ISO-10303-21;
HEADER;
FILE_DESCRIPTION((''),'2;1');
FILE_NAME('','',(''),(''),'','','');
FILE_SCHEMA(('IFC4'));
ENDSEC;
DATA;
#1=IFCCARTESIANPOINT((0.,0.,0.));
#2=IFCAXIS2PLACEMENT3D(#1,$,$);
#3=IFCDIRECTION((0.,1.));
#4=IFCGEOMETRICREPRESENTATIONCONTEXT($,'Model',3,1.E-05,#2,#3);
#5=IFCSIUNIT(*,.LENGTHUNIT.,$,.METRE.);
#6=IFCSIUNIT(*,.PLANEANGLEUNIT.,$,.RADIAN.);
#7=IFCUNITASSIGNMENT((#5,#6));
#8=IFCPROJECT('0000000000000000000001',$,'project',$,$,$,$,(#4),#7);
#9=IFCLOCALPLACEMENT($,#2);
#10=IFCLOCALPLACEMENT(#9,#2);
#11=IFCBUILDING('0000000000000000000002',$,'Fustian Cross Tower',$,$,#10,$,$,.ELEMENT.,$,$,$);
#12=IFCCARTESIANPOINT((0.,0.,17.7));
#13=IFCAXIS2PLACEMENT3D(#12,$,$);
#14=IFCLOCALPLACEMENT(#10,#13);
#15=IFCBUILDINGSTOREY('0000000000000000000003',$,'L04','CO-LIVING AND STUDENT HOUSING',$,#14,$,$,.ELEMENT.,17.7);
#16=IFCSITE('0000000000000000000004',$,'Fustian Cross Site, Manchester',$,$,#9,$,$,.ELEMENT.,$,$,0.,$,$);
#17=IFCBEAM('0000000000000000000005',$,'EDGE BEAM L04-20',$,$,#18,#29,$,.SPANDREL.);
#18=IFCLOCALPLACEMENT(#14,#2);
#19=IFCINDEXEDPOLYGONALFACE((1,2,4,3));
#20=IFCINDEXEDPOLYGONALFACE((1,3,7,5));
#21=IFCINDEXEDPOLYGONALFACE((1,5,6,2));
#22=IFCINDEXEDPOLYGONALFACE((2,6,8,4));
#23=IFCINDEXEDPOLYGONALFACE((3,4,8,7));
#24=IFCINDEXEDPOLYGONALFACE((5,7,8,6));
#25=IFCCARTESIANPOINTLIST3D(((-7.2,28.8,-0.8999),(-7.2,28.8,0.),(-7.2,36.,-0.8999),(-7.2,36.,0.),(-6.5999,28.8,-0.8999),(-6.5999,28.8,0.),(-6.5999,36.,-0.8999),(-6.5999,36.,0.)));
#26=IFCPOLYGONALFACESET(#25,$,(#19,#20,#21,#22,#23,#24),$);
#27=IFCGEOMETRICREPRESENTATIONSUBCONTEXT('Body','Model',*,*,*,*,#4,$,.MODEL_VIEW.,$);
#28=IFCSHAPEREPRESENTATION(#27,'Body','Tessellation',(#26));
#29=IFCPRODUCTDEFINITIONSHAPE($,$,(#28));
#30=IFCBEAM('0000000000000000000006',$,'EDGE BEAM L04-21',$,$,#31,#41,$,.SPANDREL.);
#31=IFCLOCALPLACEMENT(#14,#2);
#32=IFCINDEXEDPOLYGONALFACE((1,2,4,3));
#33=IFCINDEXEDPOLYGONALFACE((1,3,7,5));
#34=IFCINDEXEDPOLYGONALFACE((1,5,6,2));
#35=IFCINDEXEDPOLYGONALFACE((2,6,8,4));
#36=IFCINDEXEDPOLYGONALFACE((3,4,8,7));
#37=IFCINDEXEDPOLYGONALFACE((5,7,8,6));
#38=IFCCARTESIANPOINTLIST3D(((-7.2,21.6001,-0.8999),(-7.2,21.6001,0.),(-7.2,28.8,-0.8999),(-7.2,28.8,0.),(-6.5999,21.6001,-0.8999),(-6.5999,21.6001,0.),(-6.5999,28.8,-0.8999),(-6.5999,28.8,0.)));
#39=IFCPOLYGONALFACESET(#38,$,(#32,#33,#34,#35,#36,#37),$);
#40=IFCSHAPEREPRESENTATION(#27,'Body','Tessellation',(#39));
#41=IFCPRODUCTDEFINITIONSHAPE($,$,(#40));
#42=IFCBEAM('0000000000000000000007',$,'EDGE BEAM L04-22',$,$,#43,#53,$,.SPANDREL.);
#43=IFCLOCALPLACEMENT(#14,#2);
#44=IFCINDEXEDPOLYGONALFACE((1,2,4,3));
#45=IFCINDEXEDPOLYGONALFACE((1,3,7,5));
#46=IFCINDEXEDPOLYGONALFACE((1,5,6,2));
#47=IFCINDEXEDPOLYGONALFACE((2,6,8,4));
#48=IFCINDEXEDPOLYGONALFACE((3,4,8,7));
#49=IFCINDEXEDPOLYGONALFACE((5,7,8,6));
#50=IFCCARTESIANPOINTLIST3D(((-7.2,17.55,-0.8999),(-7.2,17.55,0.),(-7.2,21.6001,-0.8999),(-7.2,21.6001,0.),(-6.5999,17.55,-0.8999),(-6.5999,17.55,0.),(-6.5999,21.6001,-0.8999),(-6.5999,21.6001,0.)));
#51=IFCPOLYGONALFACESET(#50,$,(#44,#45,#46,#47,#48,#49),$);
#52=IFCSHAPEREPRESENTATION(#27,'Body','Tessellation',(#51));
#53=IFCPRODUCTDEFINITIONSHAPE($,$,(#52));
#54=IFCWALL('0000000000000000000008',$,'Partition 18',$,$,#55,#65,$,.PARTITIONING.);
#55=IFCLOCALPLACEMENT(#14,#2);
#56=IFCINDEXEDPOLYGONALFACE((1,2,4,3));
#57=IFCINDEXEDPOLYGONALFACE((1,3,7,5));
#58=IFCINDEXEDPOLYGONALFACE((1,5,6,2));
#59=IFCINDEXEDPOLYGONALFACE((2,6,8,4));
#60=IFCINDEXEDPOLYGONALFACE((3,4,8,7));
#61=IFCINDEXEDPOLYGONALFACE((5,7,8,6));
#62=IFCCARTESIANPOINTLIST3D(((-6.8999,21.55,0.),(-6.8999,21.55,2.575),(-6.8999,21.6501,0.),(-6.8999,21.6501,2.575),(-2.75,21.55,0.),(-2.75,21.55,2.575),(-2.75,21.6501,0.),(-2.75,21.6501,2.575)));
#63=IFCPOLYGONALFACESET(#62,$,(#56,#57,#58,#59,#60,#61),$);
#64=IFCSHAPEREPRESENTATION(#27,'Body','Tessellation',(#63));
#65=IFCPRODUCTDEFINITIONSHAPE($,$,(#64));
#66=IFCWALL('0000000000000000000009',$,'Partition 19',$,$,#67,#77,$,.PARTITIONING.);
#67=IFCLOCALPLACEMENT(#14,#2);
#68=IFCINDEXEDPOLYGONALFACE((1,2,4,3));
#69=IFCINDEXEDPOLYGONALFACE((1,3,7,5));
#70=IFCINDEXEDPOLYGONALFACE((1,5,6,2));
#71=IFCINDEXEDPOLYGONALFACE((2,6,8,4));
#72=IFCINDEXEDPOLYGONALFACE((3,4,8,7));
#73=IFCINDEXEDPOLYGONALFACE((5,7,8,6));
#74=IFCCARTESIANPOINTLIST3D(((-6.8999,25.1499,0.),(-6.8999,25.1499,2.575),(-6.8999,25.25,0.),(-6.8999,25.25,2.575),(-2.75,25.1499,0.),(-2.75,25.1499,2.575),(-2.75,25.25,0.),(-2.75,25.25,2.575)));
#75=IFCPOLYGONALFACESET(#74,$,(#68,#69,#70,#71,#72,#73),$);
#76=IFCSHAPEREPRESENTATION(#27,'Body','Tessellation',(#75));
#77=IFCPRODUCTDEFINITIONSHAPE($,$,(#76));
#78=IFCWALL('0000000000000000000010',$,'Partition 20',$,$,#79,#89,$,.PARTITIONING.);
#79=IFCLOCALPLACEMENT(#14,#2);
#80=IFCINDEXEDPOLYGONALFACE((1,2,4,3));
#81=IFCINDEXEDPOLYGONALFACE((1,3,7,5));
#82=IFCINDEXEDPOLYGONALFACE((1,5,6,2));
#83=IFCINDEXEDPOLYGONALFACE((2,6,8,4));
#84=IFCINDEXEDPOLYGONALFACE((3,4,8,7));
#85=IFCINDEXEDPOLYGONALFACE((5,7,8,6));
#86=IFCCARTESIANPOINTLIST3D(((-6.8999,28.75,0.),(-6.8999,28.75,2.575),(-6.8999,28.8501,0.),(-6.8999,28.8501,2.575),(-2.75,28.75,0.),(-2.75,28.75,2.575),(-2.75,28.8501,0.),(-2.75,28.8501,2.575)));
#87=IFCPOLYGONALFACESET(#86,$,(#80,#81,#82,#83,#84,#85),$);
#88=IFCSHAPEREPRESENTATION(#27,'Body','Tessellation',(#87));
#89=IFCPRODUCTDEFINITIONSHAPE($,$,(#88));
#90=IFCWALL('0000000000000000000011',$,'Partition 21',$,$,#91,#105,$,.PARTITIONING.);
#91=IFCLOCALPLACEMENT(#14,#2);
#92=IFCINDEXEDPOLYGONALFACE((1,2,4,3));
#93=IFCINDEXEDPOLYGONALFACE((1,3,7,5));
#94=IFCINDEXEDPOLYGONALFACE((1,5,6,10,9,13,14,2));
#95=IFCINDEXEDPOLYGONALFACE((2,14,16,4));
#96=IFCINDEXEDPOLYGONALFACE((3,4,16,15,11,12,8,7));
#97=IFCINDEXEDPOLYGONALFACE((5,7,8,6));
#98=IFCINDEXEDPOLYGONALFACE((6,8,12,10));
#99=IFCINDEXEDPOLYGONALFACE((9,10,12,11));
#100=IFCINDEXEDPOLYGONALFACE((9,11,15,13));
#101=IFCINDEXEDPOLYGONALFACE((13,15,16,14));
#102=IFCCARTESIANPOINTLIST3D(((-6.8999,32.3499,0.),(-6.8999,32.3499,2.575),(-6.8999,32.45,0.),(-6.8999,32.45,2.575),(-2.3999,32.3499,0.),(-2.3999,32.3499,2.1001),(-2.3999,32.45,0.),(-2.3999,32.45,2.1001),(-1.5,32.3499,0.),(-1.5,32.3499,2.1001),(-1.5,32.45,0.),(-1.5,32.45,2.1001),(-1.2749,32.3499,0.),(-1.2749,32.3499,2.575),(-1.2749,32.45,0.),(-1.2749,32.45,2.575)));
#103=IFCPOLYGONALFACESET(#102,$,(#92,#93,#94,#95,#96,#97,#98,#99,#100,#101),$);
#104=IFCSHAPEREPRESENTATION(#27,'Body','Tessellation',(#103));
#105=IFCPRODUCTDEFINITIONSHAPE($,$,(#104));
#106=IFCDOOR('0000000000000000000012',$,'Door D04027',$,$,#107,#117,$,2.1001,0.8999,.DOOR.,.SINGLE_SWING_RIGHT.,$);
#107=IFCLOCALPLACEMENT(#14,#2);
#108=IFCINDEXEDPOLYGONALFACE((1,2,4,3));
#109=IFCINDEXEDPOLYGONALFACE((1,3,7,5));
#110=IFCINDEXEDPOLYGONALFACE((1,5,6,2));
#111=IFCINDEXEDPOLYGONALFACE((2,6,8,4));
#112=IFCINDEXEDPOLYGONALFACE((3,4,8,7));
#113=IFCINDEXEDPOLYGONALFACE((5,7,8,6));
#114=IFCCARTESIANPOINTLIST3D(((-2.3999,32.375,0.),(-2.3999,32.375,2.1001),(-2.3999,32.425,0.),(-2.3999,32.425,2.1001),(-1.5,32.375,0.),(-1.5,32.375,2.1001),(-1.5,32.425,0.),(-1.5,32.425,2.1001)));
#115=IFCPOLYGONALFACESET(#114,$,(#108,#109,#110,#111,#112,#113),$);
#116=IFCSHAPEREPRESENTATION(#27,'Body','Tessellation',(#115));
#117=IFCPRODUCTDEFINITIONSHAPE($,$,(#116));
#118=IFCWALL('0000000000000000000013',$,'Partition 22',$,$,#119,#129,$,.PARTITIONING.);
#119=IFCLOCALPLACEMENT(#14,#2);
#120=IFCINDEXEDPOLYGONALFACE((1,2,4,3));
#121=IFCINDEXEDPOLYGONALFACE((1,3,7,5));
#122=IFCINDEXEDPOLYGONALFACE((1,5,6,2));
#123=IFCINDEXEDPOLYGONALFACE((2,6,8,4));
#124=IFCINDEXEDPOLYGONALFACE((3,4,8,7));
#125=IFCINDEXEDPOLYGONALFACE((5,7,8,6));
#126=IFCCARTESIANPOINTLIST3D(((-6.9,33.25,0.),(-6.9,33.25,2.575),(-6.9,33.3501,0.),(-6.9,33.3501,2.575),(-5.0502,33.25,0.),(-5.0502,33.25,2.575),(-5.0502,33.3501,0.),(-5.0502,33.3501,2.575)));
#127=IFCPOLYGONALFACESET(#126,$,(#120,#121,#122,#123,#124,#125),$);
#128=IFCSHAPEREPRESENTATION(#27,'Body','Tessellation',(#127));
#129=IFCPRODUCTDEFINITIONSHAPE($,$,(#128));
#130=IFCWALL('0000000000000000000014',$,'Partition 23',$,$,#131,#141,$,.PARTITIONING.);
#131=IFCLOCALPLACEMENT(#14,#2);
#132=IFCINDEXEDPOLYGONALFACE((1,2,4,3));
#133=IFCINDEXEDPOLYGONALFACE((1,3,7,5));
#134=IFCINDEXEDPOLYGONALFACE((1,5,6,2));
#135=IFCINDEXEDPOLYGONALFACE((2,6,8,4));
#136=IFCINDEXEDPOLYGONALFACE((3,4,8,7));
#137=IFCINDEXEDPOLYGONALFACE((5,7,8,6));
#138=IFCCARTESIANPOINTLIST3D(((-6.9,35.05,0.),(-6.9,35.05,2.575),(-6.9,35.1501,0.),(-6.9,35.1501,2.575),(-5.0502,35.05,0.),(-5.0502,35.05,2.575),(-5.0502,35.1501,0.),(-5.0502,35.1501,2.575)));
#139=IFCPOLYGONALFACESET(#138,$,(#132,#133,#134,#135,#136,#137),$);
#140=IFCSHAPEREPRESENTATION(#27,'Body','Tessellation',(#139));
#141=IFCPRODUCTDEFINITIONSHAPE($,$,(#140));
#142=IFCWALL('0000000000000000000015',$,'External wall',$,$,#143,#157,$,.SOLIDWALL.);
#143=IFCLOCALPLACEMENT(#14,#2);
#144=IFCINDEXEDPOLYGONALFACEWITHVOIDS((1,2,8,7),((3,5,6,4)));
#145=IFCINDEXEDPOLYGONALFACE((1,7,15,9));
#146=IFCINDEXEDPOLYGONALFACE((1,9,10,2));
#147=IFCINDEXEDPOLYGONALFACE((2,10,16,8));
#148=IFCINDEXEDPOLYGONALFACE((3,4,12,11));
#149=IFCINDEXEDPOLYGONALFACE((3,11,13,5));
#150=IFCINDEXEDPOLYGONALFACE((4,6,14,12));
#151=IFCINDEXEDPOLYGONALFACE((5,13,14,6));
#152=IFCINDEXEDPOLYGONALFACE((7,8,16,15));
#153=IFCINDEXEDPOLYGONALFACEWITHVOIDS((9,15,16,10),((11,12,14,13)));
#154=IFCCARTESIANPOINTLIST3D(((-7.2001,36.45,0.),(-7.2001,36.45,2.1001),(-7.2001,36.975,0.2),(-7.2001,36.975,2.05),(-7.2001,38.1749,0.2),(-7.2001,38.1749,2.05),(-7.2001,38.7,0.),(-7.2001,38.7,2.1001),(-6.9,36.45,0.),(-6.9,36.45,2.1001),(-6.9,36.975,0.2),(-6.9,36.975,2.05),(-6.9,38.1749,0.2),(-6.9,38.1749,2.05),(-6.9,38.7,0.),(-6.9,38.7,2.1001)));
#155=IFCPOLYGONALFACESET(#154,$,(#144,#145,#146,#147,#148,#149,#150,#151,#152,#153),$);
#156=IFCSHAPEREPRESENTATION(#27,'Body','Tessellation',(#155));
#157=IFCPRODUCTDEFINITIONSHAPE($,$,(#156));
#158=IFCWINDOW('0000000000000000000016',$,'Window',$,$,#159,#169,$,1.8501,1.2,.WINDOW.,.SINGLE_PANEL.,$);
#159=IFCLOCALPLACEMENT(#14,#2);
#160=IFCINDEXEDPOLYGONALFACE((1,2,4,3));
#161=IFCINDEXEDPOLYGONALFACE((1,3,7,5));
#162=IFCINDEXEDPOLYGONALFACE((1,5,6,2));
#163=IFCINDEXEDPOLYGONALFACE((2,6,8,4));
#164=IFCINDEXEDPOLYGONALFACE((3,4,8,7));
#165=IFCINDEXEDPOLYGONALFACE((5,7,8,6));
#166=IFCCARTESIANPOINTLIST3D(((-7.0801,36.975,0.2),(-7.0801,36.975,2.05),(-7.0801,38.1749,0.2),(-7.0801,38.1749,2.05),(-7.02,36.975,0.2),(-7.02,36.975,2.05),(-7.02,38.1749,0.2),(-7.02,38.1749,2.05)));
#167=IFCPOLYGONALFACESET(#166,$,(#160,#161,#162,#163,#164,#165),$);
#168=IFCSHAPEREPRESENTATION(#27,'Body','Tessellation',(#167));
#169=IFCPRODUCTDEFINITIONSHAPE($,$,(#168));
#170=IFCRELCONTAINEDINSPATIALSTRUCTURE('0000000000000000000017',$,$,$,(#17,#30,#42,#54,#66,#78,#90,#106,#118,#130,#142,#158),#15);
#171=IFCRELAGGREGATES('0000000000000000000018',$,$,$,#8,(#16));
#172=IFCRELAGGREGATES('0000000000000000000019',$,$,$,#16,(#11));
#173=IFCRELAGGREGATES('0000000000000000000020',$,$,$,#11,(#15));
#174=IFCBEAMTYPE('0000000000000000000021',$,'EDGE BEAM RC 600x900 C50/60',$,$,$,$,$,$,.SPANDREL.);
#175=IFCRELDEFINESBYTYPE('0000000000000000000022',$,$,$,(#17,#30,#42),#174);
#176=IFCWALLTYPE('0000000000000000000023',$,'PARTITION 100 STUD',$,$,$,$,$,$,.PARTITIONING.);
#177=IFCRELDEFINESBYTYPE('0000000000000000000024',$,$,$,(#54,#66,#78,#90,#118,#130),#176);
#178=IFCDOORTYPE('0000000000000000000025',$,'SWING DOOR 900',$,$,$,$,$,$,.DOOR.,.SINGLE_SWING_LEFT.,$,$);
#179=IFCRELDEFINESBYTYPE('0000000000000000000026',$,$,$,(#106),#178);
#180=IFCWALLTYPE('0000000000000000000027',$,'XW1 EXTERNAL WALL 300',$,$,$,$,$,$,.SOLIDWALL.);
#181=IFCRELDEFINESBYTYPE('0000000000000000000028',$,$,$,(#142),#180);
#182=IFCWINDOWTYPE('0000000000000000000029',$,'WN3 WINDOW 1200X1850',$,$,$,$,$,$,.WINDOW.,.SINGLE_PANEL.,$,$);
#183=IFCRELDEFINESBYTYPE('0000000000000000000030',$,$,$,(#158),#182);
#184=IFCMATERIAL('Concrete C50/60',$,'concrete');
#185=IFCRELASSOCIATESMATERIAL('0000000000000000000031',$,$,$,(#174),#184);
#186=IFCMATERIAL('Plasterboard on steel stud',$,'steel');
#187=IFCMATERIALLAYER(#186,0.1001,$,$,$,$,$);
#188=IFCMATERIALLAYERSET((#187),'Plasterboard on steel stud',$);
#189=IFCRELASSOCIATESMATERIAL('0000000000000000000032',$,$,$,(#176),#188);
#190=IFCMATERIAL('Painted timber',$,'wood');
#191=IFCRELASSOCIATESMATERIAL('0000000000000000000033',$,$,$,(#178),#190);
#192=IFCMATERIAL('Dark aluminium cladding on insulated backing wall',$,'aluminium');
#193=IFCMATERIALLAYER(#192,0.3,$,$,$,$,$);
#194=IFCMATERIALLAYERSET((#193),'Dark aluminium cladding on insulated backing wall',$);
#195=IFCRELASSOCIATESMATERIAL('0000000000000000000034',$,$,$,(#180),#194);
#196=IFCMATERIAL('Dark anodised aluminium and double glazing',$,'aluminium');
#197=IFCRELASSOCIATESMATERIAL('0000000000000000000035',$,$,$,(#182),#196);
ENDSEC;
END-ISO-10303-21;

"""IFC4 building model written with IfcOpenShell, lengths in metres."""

from ifc_helpers import new_model, si_unit, direction, frame, frame_2d, origin, origin_2d, place, context, subcontext, project, spatial, rectangle, extrude, material, layer, layer_set, material_profile, profile_set, type_object, element, fill, save


model = new_model("IFC4")

# Units and contexts
model_context = context("Model", 3, precision=1e-05, world=origin(), true_north=direction((0.0, 1.0)))
body_context = subcontext(model_context, "Body", "Model", "MODEL_VIEW")
ifc_project = project(units=[si_unit("LENGTHUNIT", "METRE"), si_unit("PLANEANGLEUNIT", "RADIAN")], contexts=[model_context])

# Site, building, storey
site_placement = place(None, origin())
site = spatial("IfcSite", under=ifc_project, at=site_placement, Name="Fustian Cross Site, Manchester", CompositionType="ELEMENT", RefElevation=0.0)
building_placement = place(site_placement, origin())
building = spatial("IfcBuilding", under=site, at=building_placement, Name="Fustian Cross Tower", CompositionType="ELEMENT")
storey_placement = place(building_placement, frame((0.0, 0.0, 17.7)))
storey = spatial("IfcBuildingStorey", under=building, at=storey_placement, Name="L04", Description="CO-LIVING AND STUDENT HOUSING", CompositionType="ELEMENT", Elevation=17.7)

# Beams
ifc_material_1 = material(Name="Concrete C50/60", Category="concrete")
ifc_material_profile = material_profile(ifc_material_1, rectangle(XDim=0.6001, YDim=0.8999, at=origin_2d()), Name="RC 600x900")
ifc_profile_set = profile_set([ifc_material_profile], Name="Concrete C50/60")
beam_type = type_object("IfcBeamType", Name="EDGE BEAM RC 600x900 C50/60", PredefinedType="SPANDREL", material=ifc_profile_set)
for number, where, z_axis, x_axis, name in (
    (1, (-6.8999, 36.0, -0.45), (0.0, -1.0, 0.0), (1.0, 0.0, 0.0), "EDGE BEAM L04-20"),
    (2, (-6.8999, 28.8, -0.45), (0.0, -1.0, 0.0), (1.0, 0.0, 0.0), "EDGE BEAM L04-21"),
):
    element("IfcBeam", number, at=place(storey_placement, frame(where, z_axis=z_axis, x_axis=x_axis)), inside=storey, type_object=beam_type, Name=name, PredefinedType="SPANDREL", context=body_context, shape_type="SweptSolid", body=[
        extrude(rectangle(XDim=0.6001, YDim=0.8999, at=origin_2d()), origin(), (0.0, 0.0, 1.0), 7.2),
    ])
beam_placement = place(storey_placement, frame((-6.8999, 21.6001, -0.45), z_axis=(0.0, -1.0, 0.0), x_axis=(1.0, 0.0, 0.0)))
element("IfcBeam", 3, at=beam_placement, inside=storey, type_object=beam_type, Name="EDGE BEAM L04-22", PredefinedType="SPANDREL", context=body_context, shape_type="SweptSolid", body=[
    extrude(rectangle(XDim=0.6001, YDim=0.8999, at=origin_2d()), origin(), (0.0, 0.0, 1.0), 4.05),
])

# Walls
ifc_material_2 = material(Name="Plasterboard on steel stud", Category="steel")
ifc_layer_1 = layer(ifc_material_2, 0.1001)
ifc_layer_set_1 = layer_set([ifc_layer_1], Name="Plasterboard on steel stud")
wall_type_1 = type_object("IfcWallType", Name="PARTITION 100 STUD", PredefinedType="PARTITIONING", material=ifc_layer_set_1)
for number, where, z_axis, x_axis, name in (
    (4, (-6.8999, 21.6001, 0.0), (0.0, 0.0, 1.0), (1.0, 0.0, 0.0), "Partition 18"),
    (5, (-6.8999, 25.2, 0.0), (0.0, 0.0, 1.0), (1.0, 0.0, 0.0), "Partition 19"),
    (6, (-6.8999, 28.8, 0.0), (0.0, 0.0, 1.0), (1.0, 0.0, 0.0), "Partition 20"),
):
    element("IfcWall", number, at=place(storey_placement, frame(where, z_axis=z_axis, x_axis=x_axis)), inside=storey, type_object=wall_type_1, Name=name, PredefinedType="PARTITIONING", context=body_context, shape_type="SweptSolid", body=[
        extrude(rectangle(XDim=4.1499, YDim=0.1001, at=frame_2d((2.075, 0.0))), origin(), (0.0, 0.0, 1.0), 2.575),
    ])

# Wall, opening, door
wall_1_placement = place(storey_placement, frame((-6.8999, 32.3999, 0.0), z_axis=(0.0, 0.0, 1.0), x_axis=(1.0, 0.0, 0.0)))
wall_1 = element("IfcWall", 7, at=wall_1_placement, inside=storey, type_object=wall_type_1, Name="Partition 21", PredefinedType="PARTITIONING", context=body_context, shape_type="SweptSolid", body=[
    extrude(rectangle(XDim=5.625, YDim=0.1001, at=frame_2d((2.8125, 0.0))), origin(), (0.0, 0.0, 1.0), 2.575),
])
opening_1_placement = place(wall_1_placement, frame((4.5, 0.0, 0.0)))
opening_1 = element("IfcOpeningElement", 8, at=opening_1_placement, cuts=wall_1, PredefinedType="OPENING", context=body_context, shape_type="SweptSolid", body=[
    extrude(rectangle(XDim=0.8999, YDim=2.1001, at=frame_2d((0.45, 1.05))), frame((0.0, 0.0601, 0.0), z_axis=(0.0, -1.0, 0.0), x_axis=(1.0, 0.0, 0.0)), (0.0, 0.0, 1.0), 0.1201),
])
ifc_material_3 = material(Name="Painted timber", Category="wood")
door_type = type_object("IfcDoorType", Name="SWING DOOR 900", OperationType="SINGLE_SWING_LEFT", PredefinedType="DOOR", material=ifc_material_3)
door_placement = place(opening_1_placement, frame((0.8999, 0.0, 0.0), z_axis=(0.0, 0.0, 1.0), x_axis=(-1.0, 0.0, 0.0)))
door = element("IfcDoor", 9, at=door_placement, inside=storey, type_object=door_type, Name="Door D04027", OperationType="SINGLE_SWING_RIGHT", OverallHeight=2.1001, OverallWidth=0.8999, PredefinedType="DOOR", context=body_context, shape_type="SweptSolid", body=[
    extrude(rectangle(XDim=0.8999, YDim=2.1001, at=frame_2d((0.45, 1.05))), frame((0.0, 0.0249, 0.0), z_axis=(0.0, -1.0, 0.0), x_axis=(1.0, 0.0, 0.0)), (0.0, 0.0, 1.0), 0.05),
])
fill(opening_1, door)

# Walls
for number, where, z_axis, x_axis, name in (
    (10, (-6.8999, 33.3, 0.0), (0.0, 0.0, 1.0), (1.0, 0.0, 0.0), "Partition 22"),
    (11, (-6.8999, 35.1001, 0.0), (0.0, 0.0, 1.0), (1.0, 0.0, 0.0), "Partition 23"),
):
    element("IfcWall", number, at=place(storey_placement, frame(where, z_axis=z_axis, x_axis=x_axis)), inside=storey, type_object=wall_type_1, Name=name, PredefinedType="PARTITIONING", context=body_context, shape_type="SweptSolid", body=[
        extrude(rectangle(XDim=1.8499, YDim=0.1001, at=frame_2d((0.9248, 0.0))), origin(), (0.0, 0.0, 1.0), 2.575),
    ])

# Wall, opening, window
ifc_material_4 = material(Name="Dark aluminium cladding on insulated backing wall", Category="aluminium")
ifc_layer_2 = layer(ifc_material_4, 0.3)
ifc_layer_set_2 = layer_set([ifc_layer_2], Name="Dark aluminium cladding on insulated backing wall")
wall_type_2 = type_object("IfcWallType", Name="XW1 EXTERNAL WALL 300", PredefinedType="SOLIDWALL", material=ifc_layer_set_2)
wall_2_placement = place(storey_placement, frame((-7.05, 38.7, 0.0), z_axis=(0.0, 0.0, 1.0), x_axis=(0.0, -1.0, 0.0)))
wall_2 = element("IfcWall", 12, at=wall_2_placement, inside=storey, type_object=wall_type_2, Name="External wall", PredefinedType="SOLIDWALL", context=body_context, shape_type="SweptSolid", body=[
    extrude(rectangle(XDim=2.25, YDim=0.3, at=frame_2d((1.125, 0.0))), origin(), (0.0, 0.0, 1.0), 2.1001),
])
opening_2_placement = place(wall_2_placement, frame((0.5249, 0.0, 0.2)))
opening_2 = element("IfcOpeningElement", 13, at=opening_2_placement, cuts=wall_2, PredefinedType="OPENING", context=body_context, shape_type="SweptSolid", body=[
    extrude(rectangle(XDim=1.2, YDim=1.8501, at=frame_2d((0.6001, 0.925))), frame((0.0, 0.1599, 0.0), z_axis=(0.0, -1.0, 0.0), x_axis=(1.0, 0.0, 0.0)), (0.0, 0.0, 1.0), 0.3201),
])
ifc_material_5 = material(Name="Dark anodised aluminium and double glazing", Category="aluminium")
window_type_1 = type_object("IfcWindowType", Name="WN3 WINDOW 1200X1850", PartitioningType="SINGLE_PANEL", PredefinedType="WINDOW", material=ifc_material_5)
window_1_placement = place(opening_2_placement, origin())
window_1 = element("IfcWindow", 14, at=window_1_placement, inside=storey, type_object=window_type_1, Name="Window", OverallHeight=1.8501, OverallWidth=1.2, PartitioningType="SINGLE_PANEL", PredefinedType="WINDOW", context=body_context, shape_type="SweptSolid", body=[
    extrude(rectangle(XDim=1.2, YDim=1.8501, at=frame_2d((0.6001, 0.925))), frame((0.0, 0.03, 0.0), z_axis=(0.0, -1.0, 0.0), x_axis=(1.0, 0.0, 0.0)), (0.0, 0.0, 1.0), 0.0601),
])
fill(opening_2, window_1)

save(model, "model.ifc")
